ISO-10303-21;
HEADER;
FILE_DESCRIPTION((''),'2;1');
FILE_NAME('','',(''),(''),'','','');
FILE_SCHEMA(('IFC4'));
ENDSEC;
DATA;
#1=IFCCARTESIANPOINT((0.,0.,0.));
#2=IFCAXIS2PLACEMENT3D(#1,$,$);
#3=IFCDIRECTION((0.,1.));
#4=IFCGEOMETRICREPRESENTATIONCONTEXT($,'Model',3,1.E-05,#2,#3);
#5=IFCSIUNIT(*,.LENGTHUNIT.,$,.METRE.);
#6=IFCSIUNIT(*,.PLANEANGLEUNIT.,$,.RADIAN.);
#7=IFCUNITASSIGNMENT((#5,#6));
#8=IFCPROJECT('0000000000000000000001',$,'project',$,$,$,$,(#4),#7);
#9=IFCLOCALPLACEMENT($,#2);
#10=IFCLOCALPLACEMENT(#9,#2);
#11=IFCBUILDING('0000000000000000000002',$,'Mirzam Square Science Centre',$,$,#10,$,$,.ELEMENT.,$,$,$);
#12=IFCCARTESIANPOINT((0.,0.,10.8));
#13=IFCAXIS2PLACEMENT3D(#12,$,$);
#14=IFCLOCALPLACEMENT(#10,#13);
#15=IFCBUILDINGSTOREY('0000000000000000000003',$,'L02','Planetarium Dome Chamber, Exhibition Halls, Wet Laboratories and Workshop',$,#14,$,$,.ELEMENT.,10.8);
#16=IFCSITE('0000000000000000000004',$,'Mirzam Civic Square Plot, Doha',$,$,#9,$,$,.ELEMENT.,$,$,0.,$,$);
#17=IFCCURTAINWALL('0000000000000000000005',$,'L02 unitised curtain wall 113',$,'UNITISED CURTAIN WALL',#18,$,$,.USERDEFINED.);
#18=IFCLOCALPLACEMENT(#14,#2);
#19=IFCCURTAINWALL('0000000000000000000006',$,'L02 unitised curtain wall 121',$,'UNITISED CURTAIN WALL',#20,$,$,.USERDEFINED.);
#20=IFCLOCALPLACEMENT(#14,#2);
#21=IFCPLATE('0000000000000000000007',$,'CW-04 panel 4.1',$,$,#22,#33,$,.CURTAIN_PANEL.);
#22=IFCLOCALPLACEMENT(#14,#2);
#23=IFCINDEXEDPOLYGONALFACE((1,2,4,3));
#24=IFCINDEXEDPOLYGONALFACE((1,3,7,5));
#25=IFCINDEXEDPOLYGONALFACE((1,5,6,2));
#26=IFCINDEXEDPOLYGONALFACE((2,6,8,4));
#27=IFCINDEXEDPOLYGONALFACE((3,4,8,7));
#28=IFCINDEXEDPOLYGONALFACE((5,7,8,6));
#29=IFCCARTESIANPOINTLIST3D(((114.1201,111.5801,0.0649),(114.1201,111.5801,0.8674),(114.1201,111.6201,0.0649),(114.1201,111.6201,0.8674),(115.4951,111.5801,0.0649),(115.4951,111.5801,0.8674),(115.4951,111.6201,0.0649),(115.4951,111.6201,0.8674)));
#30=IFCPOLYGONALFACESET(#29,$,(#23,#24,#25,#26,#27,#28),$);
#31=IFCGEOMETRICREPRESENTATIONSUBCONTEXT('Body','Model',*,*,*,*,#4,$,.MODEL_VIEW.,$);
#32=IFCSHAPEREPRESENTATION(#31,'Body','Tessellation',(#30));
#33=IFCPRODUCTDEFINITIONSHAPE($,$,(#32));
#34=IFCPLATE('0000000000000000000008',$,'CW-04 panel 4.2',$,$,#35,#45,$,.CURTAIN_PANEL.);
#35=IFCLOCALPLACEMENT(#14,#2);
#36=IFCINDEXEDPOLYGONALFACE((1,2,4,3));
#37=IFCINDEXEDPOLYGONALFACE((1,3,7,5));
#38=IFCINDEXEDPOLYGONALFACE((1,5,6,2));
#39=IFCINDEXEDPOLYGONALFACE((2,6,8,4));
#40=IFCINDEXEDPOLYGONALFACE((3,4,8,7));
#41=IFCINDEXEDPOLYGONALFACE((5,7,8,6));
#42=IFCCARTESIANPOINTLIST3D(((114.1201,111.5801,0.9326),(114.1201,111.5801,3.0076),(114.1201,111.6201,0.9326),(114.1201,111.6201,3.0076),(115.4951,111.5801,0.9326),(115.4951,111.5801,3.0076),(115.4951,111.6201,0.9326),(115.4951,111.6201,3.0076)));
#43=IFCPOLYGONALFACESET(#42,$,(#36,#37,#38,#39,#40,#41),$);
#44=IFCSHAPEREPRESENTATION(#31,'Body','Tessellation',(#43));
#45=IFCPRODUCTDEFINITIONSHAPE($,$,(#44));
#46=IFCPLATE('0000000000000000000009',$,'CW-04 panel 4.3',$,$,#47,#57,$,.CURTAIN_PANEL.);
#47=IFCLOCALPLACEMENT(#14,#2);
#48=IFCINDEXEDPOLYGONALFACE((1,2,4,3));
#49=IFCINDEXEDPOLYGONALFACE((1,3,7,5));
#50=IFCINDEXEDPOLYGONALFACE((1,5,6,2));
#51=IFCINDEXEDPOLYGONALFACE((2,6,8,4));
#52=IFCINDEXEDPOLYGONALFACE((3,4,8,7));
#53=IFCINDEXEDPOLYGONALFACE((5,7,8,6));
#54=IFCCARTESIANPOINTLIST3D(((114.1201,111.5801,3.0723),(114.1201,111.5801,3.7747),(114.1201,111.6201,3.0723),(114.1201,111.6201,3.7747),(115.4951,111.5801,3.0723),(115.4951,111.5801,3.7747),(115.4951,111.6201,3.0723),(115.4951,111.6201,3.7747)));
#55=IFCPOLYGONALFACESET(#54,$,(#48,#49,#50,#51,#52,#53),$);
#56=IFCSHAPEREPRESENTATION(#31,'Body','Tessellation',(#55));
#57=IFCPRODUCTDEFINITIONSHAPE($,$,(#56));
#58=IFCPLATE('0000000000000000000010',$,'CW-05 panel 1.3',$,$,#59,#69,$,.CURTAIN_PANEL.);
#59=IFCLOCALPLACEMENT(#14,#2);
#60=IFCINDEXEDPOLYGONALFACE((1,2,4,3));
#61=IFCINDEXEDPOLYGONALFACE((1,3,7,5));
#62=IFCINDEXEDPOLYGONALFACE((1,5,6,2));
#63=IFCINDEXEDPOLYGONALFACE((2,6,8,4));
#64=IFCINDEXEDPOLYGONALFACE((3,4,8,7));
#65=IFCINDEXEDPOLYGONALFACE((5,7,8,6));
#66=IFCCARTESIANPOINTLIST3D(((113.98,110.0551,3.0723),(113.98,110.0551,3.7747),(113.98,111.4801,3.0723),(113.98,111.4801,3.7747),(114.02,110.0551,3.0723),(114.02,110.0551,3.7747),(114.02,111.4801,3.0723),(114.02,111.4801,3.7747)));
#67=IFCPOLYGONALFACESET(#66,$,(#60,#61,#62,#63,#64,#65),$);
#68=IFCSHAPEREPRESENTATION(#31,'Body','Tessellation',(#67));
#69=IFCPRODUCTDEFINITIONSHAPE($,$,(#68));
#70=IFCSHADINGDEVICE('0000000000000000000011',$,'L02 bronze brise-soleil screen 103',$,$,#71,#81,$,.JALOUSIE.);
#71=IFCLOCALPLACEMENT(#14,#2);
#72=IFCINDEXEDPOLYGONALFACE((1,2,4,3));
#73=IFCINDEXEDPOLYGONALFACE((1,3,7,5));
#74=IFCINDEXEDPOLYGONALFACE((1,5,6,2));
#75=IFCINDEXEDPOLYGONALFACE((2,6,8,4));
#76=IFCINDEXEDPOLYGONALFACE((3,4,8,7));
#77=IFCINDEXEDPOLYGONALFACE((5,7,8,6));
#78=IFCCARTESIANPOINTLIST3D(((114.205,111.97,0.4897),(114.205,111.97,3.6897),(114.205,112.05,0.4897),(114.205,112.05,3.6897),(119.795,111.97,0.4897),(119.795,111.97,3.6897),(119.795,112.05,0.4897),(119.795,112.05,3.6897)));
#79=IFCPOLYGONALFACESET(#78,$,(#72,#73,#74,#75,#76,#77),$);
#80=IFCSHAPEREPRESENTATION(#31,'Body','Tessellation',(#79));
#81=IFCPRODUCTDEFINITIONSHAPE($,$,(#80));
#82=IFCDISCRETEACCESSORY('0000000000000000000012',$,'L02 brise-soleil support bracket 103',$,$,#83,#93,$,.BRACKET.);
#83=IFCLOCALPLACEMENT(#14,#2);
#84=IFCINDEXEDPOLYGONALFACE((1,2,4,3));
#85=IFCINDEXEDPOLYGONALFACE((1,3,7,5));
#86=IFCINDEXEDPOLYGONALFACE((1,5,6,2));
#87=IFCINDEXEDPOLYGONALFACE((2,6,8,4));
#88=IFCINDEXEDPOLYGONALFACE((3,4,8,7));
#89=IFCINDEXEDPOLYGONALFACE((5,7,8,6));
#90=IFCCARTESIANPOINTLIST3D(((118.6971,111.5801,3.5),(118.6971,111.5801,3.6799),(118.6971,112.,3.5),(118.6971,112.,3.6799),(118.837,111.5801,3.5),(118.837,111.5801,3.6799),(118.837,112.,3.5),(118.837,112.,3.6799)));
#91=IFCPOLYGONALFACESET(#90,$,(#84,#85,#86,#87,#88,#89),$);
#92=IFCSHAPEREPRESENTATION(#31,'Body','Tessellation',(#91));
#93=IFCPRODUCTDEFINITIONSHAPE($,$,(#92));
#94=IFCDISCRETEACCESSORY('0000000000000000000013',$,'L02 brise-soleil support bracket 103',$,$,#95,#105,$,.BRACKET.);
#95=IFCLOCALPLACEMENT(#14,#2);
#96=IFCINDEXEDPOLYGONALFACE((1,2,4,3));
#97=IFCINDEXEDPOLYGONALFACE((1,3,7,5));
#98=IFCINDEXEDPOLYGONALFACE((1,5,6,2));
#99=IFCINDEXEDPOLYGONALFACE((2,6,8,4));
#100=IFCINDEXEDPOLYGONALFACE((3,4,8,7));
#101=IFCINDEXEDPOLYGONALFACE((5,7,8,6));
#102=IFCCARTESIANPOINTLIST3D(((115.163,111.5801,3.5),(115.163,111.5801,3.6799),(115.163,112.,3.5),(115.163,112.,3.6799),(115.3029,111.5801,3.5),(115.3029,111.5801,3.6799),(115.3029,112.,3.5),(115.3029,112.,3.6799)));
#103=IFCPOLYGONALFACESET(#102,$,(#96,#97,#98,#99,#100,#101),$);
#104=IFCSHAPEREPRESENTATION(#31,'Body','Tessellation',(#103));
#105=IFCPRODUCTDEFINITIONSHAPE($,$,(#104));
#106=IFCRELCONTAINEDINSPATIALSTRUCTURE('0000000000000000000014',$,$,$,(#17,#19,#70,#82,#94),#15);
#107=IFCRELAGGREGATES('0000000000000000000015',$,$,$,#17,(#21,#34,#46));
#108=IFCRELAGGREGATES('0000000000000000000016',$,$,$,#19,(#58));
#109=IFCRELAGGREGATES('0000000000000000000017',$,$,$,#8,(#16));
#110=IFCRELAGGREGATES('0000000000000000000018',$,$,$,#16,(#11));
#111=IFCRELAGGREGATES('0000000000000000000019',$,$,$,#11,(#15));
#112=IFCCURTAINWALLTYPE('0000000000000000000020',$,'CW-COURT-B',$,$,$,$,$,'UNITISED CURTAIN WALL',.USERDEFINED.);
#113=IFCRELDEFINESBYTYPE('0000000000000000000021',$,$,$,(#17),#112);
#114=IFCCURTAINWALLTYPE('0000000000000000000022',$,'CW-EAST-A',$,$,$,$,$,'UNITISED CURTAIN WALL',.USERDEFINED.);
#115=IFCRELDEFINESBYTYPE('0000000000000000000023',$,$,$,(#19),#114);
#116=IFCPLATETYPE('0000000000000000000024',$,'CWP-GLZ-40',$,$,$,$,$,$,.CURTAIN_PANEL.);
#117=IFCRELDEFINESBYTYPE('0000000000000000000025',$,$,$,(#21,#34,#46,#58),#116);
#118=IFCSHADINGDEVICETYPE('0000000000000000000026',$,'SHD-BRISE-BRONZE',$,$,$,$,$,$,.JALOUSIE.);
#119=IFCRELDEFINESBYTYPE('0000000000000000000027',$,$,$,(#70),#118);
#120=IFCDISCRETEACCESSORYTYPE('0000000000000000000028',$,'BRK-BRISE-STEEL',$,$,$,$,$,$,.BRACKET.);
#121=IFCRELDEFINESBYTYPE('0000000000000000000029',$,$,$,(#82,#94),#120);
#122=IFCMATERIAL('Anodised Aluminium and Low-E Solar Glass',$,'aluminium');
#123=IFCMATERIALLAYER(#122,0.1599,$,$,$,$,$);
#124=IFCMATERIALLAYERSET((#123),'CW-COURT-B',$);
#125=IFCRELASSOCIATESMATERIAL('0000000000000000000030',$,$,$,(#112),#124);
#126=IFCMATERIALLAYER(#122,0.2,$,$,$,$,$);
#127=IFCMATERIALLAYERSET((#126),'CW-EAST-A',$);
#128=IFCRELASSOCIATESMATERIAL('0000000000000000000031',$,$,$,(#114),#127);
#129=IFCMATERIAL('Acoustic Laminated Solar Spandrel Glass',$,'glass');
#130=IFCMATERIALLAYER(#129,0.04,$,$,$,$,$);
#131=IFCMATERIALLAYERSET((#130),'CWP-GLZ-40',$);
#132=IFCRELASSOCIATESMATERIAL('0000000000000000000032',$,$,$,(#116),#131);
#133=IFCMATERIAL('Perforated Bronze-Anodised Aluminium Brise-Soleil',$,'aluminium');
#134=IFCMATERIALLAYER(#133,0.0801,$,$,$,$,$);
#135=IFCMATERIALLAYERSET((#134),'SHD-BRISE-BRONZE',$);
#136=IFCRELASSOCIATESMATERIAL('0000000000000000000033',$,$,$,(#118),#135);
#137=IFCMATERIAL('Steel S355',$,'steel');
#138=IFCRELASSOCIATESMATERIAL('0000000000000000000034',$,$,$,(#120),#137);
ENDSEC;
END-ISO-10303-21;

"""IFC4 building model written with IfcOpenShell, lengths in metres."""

from ifc_helpers import new_model, si_unit, direction, frame, origin, origin_2d, place, context, subcontext, project, spatial, rectangle, extrude, material, layer, layer_set, type_object, element, aggregate, save


model = new_model("IFC4")

# Units and contexts
model_context = context("Model", 3, precision=1e-05, world=origin(), true_north=direction((0.0, 1.0)))
body_context = subcontext(model_context, "Body", "Model", "MODEL_VIEW")
ifc_project = project(units=[si_unit("LENGTHUNIT", "METRE"), si_unit("PLANEANGLEUNIT", "RADIAN")], contexts=[model_context])

# Site, building, storey
site_placement = place(None, origin())
site = spatial("IfcSite", under=ifc_project, at=site_placement, Name="Mirzam Civic Square Plot, Doha", CompositionType="ELEMENT", RefElevation=0.0)
building_placement = place(site_placement, origin())
building = spatial("IfcBuilding", under=site, at=building_placement, Name="Mirzam Square Science Centre", CompositionType="ELEMENT")
storey_placement = place(building_placement, frame((0.0, 0.0, 10.8)))
storey = spatial("IfcBuildingStorey", under=building, at=storey_placement, Name="L02", Description="Planetarium Dome Chamber, Exhibition Halls, Wet Laboratories and Workshop", CompositionType="ELEMENT", Elevation=10.8)

# Curtain wall
ifc_material_1 = material(Name="Anodised Aluminium and Low-E Solar Glass", Category="aluminium")
ifc_layer_1 = layer(ifc_material_1, 0.1599)
ifc_layer_set_1 = layer_set([ifc_layer_1], Name="CW-COURT-B")
curtain_wall_type_1 = type_object("IfcCurtainWallType", Name="CW-COURT-B", ElementType="UNITISED CURTAIN WALL", PredefinedType="USERDEFINED", material=ifc_layer_set_1)
curtain_wall_1_placement = place(storey_placement, origin())
curtain_wall_1 = element("IfcCurtainWall", 1, at=curtain_wall_1_placement, inside=storey, type_object=curtain_wall_type_1, Name="L02 unitised curtain wall 113", ObjectType="UNITISED CURTAIN WALL", PredefinedType="USERDEFINED")

# Curtain wall
ifc_layer_2 = layer(ifc_material_1, 0.2)
ifc_layer_set_2 = layer_set([ifc_layer_2], Name="CW-EAST-A")
curtain_wall_type_2 = type_object("IfcCurtainWallType", Name="CW-EAST-A", ElementType="UNITISED CURTAIN WALL", PredefinedType="USERDEFINED", material=ifc_layer_set_2)
curtain_wall_2_placement = place(storey_placement, origin())
curtain_wall_2 = element("IfcCurtainWall", 2, at=curtain_wall_2_placement, inside=storey, type_object=curtain_wall_type_2, Name="L02 unitised curtain wall 121", ObjectType="UNITISED CURTAIN WALL", PredefinedType="USERDEFINED")

# Plates
ifc_material_2 = material(Name="Acoustic Laminated Solar Spandrel Glass", Category="glass")
ifc_layer_3 = layer(ifc_material_2, 0.04)
ifc_layer_set_3 = layer_set([ifc_layer_3], Name="CWP-GLZ-40")
plate_type = type_object("IfcPlateType", Name="CWP-GLZ-40", PredefinedType="CURTAIN_PANEL", material=ifc_layer_set_3)
plate_1_placement = place(storey_placement, frame((114.8076, 111.6001, 0.0649), z_axis=(0.0, 0.0, 1.0), x_axis=(-1.0, 0.0, 0.0)))
plate_1 = element("IfcPlate", 3, at=plate_1_placement, type_object=plate_type, Name="CW-04 panel 4.1", PredefinedType="CURTAIN_PANEL", context=body_context, shape_type="SweptSolid", body=[
    extrude(rectangle(XDim=1.375, YDim=0.04, at=origin_2d()), origin(), (0.0, 0.0, 1.0), 0.8025),
])
plate_2_placement = place(storey_placement, frame((114.8076, 111.6001, 0.9326), z_axis=(0.0, 0.0, 1.0), x_axis=(-1.0, 0.0, 0.0)))
plate_2 = element("IfcPlate", 4, at=plate_2_placement, type_object=plate_type, Name="CW-04 panel 4.2", PredefinedType="CURTAIN_PANEL", context=body_context, shape_type="SweptSolid", body=[
    extrude(rectangle(XDim=1.375, YDim=0.04, at=origin_2d()), origin(), (0.0, 0.0, 1.0), 2.075),
])
plate_3_placement = place(storey_placement, frame((114.8076, 111.6001, 3.0723), z_axis=(0.0, 0.0, 1.0), x_axis=(-1.0, 0.0, 0.0)))
plate_3 = element("IfcPlate", 5, at=plate_3_placement, type_object=plate_type, Name="CW-04 panel 4.3", PredefinedType="CURTAIN_PANEL", context=body_context, shape_type="SweptSolid", body=[
    extrude(rectangle(XDim=1.375, YDim=0.04, at=origin_2d()), origin(), (0.0, 0.0, 1.0), 0.7024),
])
aggregate(curtain_wall_1, [plate_1, plate_2, plate_3])
plate_4_placement = place(storey_placement, frame((114.0, 110.7676, 3.0723), z_axis=(0.0, 0.0, 1.0), x_axis=(0.0, -1.0, 0.0)))
plate_4 = element("IfcPlate", 6, at=plate_4_placement, type_object=plate_type, Name="CW-05 panel 1.3", PredefinedType="CURTAIN_PANEL", context=body_context, shape_type="SweptSolid", body=[
    extrude(rectangle(XDim=1.425, YDim=0.04, at=origin_2d()), origin(), (0.0, 0.0, 1.0), 0.7024),
])
aggregate(curtain_wall_2, [plate_4])

# Shading device
ifc_material_3 = material(Name="Perforated Bronze-Anodised Aluminium Brise-Soleil", Category="aluminium")
ifc_layer_4 = layer(ifc_material_3, 0.0801)
ifc_layer_set_4 = layer_set([ifc_layer_4], Name="SHD-BRISE-BRONZE")
shading_device_type = type_object("IfcShadingDeviceType", Name="SHD-BRISE-BRONZE", PredefinedType="JALOUSIE", material=ifc_layer_set_4)
shading_device_placement = place(storey_placement, frame((117.0, 112.01, 0.4897), z_axis=(0.0, 0.0, 1.0), x_axis=(-1.0, 0.0, 0.0)))
element("IfcShadingDevice", 7, at=shading_device_placement, inside=storey, type_object=shading_device_type, Name="L02 bronze brise-soleil screen 103", PredefinedType="JALOUSIE", context=body_context, shape_type="SweptSolid", body=[
    extrude(rectangle(XDim=5.5901, YDim=0.0801, at=origin_2d()), origin(), (0.0, 0.0, 1.0), 3.2),
])

# Discrete accessories
ifc_material_4 = material(Name="Steel S355", Category="steel")
discrete_accessory_type = type_object("IfcDiscreteAccessoryType", Name="BRK-BRISE-STEEL", PredefinedType="BRACKET", material=ifc_material_4)
for number, where, z_axis, x_axis, name in (
    (8, (118.7671, 111.79, 3.5), (0.0, 0.0, 1.0), (-1.0, 0.0, 0.0), "L02 brise-soleil support bracket 103"),
    (9, (115.2329, 111.79, 3.5), (0.0, 0.0, 1.0), (-1.0, 0.0, 0.0), "L02 brise-soleil support bracket 103"),
):
    element("IfcDiscreteAccessory", number, at=place(storey_placement, frame(where, z_axis=z_axis, x_axis=x_axis)), inside=storey, type_object=discrete_accessory_type, Name=name, PredefinedType="BRACKET", context=body_context, shape_type="SweptSolid", body=[
        extrude(rectangle(XDim=0.1399, YDim=0.4199, at=origin_2d()), origin(), (0.0, 0.0, 1.0), 0.1799),
    ])

save(model, "model.ifc")
